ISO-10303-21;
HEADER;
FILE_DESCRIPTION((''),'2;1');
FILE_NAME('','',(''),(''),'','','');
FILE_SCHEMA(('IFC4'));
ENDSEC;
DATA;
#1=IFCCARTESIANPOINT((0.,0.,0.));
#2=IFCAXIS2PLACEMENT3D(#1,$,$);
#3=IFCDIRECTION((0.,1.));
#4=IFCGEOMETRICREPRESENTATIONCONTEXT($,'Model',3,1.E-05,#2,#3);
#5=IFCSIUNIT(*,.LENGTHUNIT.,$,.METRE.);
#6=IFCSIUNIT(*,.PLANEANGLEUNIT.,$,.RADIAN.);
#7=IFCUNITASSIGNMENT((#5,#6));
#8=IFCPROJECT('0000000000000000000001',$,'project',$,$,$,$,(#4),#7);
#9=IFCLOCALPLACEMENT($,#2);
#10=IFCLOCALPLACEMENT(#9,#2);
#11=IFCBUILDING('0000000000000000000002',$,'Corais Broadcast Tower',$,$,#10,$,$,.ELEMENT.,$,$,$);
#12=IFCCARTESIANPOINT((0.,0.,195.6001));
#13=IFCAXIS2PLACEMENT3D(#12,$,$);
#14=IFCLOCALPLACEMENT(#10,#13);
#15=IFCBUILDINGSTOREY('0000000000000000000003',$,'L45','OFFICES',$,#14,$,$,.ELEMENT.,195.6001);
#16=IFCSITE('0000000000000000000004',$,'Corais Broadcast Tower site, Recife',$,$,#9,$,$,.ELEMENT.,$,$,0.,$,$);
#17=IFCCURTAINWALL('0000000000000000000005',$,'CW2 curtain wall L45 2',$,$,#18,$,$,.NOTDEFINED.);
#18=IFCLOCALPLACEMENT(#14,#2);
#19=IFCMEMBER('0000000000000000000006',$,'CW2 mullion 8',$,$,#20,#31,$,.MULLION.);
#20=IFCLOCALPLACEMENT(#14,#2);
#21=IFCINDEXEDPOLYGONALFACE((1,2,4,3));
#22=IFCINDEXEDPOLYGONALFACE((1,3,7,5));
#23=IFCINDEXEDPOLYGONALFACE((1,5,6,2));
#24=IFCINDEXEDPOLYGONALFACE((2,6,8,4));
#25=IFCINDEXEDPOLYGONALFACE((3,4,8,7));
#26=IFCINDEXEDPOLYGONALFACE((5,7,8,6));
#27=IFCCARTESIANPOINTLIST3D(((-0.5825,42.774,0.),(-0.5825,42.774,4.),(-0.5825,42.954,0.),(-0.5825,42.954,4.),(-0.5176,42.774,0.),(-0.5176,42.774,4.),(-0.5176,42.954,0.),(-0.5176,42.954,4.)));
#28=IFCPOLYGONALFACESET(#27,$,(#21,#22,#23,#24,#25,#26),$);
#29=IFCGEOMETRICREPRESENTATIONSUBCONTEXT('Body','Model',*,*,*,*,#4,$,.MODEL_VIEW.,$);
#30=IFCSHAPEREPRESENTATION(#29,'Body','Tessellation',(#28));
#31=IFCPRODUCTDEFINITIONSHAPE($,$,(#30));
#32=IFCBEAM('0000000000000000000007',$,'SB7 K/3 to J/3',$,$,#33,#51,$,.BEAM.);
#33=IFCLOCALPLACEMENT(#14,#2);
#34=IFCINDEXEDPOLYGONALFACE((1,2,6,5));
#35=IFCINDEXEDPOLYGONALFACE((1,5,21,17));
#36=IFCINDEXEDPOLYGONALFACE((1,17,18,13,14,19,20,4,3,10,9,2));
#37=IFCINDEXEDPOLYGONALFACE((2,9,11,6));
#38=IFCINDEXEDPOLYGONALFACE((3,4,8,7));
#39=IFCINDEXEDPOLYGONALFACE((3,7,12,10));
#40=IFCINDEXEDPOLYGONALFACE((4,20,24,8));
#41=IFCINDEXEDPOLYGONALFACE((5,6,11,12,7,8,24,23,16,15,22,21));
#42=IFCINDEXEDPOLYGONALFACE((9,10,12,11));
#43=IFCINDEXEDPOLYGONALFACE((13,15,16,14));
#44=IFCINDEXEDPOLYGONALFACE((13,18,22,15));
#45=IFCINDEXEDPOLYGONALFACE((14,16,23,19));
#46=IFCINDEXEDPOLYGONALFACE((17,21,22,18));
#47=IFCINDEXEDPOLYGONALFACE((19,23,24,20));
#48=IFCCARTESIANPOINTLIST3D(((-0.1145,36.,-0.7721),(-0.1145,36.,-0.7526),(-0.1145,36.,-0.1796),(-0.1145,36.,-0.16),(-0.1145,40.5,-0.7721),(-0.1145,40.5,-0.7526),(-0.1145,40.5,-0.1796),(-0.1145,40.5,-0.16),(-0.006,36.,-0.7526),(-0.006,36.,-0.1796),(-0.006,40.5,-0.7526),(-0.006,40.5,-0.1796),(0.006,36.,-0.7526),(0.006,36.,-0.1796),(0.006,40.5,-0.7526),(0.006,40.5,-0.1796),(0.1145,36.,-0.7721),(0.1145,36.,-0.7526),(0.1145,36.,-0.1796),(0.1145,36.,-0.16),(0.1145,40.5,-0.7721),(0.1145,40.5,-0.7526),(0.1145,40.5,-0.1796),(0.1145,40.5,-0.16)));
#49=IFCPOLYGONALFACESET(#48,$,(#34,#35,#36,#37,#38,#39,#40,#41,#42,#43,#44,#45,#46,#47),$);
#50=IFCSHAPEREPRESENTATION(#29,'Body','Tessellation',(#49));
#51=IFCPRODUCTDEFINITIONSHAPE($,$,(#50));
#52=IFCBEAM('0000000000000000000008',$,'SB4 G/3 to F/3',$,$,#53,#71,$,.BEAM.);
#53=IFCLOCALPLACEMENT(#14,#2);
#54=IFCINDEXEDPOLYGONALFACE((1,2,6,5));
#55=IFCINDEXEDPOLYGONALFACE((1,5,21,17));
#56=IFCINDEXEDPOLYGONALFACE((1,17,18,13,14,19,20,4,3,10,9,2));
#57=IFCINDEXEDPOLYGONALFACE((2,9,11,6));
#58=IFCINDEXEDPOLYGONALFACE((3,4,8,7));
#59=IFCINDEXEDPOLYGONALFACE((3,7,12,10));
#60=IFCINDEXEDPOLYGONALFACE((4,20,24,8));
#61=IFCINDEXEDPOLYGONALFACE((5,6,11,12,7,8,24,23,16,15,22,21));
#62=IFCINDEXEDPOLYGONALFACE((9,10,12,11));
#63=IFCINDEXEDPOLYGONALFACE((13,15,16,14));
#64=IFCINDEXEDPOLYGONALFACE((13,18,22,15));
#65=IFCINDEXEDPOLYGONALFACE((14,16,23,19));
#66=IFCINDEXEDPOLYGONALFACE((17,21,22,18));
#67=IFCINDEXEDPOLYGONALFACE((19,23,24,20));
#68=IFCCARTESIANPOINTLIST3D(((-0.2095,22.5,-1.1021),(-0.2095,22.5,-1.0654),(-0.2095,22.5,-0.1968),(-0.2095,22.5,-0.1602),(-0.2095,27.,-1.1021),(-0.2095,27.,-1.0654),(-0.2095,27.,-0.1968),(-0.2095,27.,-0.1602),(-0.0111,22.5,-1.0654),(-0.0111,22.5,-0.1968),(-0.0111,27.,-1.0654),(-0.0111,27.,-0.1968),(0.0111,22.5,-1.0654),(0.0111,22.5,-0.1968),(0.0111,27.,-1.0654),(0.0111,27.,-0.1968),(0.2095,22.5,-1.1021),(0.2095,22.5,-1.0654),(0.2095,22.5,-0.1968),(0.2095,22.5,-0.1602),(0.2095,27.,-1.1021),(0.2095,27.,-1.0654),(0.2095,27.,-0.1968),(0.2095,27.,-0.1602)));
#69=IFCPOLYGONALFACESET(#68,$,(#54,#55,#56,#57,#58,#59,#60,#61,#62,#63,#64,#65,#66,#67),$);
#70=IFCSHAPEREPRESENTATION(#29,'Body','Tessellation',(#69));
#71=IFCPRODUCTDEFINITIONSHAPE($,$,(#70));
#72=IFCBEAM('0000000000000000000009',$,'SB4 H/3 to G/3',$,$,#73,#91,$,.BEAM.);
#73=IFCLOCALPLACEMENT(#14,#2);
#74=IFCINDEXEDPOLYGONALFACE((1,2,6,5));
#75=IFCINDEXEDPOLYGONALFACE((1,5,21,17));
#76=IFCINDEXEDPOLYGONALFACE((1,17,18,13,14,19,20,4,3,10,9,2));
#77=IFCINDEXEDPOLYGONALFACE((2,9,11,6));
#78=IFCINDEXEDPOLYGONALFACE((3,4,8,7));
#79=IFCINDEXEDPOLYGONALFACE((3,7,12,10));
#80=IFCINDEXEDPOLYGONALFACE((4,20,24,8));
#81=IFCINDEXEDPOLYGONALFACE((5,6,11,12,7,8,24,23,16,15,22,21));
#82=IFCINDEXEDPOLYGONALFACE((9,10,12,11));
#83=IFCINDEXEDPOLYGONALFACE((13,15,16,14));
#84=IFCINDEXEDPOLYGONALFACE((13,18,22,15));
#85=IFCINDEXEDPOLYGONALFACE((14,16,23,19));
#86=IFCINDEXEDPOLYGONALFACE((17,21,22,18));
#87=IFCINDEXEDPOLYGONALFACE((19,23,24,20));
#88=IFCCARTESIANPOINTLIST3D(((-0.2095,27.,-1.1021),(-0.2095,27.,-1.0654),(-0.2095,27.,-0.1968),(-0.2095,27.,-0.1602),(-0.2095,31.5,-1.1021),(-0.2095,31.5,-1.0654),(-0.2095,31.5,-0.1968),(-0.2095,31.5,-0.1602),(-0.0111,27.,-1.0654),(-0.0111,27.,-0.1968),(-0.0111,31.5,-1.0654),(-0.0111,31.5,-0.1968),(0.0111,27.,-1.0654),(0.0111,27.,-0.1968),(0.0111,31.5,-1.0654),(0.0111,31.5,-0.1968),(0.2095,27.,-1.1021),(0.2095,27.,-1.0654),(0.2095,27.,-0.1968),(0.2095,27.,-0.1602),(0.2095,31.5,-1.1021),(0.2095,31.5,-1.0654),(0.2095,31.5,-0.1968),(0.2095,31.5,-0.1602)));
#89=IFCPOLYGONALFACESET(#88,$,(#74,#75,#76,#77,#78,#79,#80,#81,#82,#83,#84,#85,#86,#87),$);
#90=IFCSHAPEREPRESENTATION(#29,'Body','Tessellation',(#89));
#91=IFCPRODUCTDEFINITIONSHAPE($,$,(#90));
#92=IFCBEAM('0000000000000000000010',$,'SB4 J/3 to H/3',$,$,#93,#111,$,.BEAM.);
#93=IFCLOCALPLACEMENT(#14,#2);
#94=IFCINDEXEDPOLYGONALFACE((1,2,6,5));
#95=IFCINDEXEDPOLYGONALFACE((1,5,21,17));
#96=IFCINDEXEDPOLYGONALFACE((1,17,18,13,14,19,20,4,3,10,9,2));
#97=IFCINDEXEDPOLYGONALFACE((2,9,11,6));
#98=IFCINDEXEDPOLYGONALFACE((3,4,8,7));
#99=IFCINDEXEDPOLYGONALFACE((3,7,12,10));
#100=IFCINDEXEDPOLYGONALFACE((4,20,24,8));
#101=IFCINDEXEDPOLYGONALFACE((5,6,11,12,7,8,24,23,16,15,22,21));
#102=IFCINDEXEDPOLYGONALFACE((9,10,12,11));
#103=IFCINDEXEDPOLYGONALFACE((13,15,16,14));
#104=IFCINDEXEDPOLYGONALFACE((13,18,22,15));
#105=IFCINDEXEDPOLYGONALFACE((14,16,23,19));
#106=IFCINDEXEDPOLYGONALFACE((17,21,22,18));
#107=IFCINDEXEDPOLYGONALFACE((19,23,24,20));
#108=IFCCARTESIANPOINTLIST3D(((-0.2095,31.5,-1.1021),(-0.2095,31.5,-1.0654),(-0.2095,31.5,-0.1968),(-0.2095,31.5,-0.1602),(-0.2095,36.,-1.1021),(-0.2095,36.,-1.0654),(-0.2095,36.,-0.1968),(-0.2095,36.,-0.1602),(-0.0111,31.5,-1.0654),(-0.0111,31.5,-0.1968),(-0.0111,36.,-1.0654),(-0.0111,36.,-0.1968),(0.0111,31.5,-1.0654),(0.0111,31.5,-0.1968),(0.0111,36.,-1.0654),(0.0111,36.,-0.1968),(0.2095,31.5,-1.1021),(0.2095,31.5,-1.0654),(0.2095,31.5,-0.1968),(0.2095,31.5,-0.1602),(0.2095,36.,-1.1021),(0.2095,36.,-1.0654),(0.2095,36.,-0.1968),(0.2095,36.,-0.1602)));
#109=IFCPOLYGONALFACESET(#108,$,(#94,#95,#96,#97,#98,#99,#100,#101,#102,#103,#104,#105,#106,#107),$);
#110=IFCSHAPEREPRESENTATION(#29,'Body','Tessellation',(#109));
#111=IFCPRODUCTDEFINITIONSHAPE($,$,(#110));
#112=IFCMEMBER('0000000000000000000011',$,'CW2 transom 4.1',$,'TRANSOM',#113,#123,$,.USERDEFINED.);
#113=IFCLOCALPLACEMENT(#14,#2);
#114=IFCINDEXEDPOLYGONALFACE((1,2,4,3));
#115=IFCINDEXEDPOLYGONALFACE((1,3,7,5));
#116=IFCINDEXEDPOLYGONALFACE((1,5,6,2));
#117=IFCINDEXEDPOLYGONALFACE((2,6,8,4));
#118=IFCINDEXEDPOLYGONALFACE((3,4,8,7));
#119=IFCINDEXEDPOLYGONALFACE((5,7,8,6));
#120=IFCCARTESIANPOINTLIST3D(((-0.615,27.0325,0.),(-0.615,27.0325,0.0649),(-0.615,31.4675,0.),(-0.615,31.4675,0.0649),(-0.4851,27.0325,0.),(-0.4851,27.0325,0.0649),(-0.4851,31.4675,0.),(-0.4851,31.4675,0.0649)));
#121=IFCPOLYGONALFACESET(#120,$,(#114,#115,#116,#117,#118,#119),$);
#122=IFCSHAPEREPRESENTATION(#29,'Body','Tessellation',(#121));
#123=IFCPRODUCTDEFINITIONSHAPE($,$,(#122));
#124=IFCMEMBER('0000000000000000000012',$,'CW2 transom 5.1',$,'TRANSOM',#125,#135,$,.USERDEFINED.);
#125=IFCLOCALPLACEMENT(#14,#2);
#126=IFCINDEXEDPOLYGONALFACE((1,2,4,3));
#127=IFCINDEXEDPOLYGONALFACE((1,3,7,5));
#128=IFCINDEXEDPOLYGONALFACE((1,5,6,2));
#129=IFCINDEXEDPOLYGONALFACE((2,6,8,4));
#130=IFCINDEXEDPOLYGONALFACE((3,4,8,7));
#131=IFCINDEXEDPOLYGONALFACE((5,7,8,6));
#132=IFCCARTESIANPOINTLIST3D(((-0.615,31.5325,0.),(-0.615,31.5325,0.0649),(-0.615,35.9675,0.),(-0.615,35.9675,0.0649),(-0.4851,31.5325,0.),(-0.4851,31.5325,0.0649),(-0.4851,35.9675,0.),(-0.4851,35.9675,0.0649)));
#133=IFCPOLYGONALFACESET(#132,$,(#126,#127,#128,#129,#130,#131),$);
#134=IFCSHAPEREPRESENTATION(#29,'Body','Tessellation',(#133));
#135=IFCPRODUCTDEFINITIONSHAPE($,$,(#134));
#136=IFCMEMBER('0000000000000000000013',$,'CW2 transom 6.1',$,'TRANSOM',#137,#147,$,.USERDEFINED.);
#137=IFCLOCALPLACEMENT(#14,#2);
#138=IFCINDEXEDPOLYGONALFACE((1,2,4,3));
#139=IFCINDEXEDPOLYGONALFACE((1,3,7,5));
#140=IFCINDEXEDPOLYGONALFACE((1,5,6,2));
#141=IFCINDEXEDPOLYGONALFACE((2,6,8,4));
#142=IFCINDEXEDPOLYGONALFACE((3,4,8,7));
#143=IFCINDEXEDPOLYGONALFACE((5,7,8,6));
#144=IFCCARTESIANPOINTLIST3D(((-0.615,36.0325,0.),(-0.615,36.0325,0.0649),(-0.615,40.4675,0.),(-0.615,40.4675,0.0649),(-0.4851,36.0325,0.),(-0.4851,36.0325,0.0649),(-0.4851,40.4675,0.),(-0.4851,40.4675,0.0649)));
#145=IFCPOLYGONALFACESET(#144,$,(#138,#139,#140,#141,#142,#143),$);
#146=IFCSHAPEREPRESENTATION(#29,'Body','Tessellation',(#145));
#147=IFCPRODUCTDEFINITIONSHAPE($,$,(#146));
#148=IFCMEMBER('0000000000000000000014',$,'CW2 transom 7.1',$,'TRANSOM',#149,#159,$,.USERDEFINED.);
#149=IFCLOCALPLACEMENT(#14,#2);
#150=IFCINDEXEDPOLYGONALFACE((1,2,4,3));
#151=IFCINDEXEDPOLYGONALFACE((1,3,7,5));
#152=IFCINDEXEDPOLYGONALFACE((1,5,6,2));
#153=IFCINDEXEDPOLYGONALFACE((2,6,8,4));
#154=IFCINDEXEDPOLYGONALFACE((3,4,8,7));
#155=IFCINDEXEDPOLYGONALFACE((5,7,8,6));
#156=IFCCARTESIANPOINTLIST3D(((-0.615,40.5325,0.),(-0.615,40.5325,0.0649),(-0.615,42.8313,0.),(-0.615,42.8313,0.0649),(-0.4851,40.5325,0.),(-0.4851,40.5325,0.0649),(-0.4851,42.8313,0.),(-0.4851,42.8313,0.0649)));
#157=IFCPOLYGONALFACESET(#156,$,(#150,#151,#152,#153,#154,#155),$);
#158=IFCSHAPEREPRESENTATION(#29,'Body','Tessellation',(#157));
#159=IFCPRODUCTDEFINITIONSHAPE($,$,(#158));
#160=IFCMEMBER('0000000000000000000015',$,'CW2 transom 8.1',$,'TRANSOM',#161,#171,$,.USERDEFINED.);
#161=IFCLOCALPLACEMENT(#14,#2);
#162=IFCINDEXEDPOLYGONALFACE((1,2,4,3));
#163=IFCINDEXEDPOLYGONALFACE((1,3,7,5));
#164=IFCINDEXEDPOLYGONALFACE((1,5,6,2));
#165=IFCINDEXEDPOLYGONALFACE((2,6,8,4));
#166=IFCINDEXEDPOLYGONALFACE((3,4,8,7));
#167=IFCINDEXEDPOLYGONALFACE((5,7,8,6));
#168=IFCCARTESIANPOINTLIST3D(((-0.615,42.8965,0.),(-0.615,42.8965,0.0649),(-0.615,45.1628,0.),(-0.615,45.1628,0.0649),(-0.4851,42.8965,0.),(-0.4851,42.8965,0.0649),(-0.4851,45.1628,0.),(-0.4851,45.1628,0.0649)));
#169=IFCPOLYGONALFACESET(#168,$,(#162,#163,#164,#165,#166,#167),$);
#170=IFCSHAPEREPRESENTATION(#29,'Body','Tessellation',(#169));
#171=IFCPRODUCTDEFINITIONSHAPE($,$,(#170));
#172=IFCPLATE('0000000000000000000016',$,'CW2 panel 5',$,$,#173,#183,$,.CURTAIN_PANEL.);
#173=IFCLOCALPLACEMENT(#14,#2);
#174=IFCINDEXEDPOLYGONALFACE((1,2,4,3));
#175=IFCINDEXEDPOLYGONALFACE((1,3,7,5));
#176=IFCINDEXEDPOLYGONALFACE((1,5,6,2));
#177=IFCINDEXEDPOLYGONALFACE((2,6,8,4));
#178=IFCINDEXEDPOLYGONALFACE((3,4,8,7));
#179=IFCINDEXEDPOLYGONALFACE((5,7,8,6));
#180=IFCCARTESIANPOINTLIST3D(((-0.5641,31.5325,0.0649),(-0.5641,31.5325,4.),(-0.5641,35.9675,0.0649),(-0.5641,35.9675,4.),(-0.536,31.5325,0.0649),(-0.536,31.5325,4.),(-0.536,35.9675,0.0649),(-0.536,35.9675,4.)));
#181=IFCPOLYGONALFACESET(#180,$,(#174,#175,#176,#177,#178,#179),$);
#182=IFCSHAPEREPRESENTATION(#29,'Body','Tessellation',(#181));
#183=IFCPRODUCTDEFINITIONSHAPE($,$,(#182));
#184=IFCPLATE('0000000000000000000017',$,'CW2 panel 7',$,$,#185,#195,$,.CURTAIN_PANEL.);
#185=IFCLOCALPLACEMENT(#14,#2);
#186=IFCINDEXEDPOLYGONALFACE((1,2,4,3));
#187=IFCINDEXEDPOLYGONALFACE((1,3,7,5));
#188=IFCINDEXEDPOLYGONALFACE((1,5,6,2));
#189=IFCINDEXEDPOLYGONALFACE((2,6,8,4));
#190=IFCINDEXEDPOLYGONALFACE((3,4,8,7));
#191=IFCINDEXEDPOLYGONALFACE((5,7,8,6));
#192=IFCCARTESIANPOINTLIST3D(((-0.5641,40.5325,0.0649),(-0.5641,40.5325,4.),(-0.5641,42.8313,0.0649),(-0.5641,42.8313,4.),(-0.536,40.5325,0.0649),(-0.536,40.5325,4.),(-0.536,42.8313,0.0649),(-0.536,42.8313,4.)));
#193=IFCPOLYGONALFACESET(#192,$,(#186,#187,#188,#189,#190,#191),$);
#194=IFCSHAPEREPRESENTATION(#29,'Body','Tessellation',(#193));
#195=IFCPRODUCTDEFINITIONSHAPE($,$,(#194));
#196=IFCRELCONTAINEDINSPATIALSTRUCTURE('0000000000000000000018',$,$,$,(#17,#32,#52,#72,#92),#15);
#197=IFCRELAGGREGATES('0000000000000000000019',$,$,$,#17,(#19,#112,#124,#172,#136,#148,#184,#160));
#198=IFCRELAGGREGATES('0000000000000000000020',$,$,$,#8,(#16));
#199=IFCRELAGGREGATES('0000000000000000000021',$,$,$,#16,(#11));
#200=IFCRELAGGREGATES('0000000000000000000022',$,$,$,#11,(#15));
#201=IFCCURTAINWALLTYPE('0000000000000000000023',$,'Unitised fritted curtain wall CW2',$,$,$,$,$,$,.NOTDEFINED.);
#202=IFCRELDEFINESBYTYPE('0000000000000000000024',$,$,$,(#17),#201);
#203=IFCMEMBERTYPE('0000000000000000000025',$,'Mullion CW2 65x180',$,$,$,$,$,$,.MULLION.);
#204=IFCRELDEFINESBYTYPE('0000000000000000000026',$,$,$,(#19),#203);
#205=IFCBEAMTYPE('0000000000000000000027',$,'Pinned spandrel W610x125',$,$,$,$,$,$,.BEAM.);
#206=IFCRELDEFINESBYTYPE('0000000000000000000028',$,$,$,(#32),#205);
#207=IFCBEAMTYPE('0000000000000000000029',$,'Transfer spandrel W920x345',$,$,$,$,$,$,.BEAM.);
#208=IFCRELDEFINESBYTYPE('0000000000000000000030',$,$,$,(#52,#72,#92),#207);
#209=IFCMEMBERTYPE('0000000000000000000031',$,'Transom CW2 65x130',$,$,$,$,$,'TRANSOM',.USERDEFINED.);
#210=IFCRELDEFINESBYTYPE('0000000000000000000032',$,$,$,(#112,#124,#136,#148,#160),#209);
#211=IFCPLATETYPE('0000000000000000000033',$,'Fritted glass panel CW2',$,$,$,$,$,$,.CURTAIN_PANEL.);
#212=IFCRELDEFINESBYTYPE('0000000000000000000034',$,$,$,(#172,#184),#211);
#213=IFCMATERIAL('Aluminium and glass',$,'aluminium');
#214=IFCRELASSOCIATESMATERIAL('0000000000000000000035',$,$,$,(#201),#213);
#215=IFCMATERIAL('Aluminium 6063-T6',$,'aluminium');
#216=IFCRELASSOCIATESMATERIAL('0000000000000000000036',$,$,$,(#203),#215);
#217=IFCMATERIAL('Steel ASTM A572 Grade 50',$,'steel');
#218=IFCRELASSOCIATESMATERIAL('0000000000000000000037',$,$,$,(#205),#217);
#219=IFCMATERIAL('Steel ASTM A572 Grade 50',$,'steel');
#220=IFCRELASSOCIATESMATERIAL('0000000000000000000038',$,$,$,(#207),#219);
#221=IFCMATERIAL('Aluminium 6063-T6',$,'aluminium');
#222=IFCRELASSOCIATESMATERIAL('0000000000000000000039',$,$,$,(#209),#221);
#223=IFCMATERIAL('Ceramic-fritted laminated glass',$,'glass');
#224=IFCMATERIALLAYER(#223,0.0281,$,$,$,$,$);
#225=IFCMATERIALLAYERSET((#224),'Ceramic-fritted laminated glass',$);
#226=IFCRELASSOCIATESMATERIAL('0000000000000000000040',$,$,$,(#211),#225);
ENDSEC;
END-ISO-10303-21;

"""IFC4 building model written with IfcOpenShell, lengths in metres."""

from ifc_helpers import new_model, si_unit, direction, frame, origin, origin_2d, place, context, subcontext, project, spatial, rectangle, i_section, extrude, material, layer, layer_set, material_profile, profile_set, type_object, element, aggregate, save


model = new_model("IFC4")

# Units and contexts
model_context = context("Model", 3, precision=1e-05, world=origin(), true_north=direction((0.0, 1.0)))
body_context = subcontext(model_context, "Body", "Model", "MODEL_VIEW")
ifc_project = project(units=[si_unit("LENGTHUNIT", "METRE"), si_unit("PLANEANGLEUNIT", "RADIAN")], contexts=[model_context])

# Site, building, storey
site_placement = place(None, origin())
site = spatial("IfcSite", under=ifc_project, at=site_placement, Name="Corais Broadcast Tower site, Recife", CompositionType="ELEMENT", RefElevation=0.0)
building_placement = place(site_placement, origin())
building = spatial("IfcBuilding", under=site, at=building_placement, Name="Corais Broadcast Tower", CompositionType="ELEMENT")
storey_placement = place(building_placement, frame((0.0, 0.0, 195.6001)))
storey = spatial("IfcBuildingStorey", under=building, at=storey_placement, Name="L45", Description="OFFICES", CompositionType="ELEMENT", Elevation=195.6001)

# Curtain wall, member
ifc_material_1 = material(Name="Aluminium and glass", Category="aluminium")
curtain_wall_type = type_object("IfcCurtainWallType", Name="Unitised fritted curtain wall CW2", PredefinedType="NOTDEFINED", material=ifc_material_1)
curtain_wall_placement = place(storey_placement, origin())
curtain_wall = element("IfcCurtainWall", 1, at=curtain_wall_placement, inside=storey, type_object=curtain_wall_type, Name="CW2 curtain wall L45 2", PredefinedType="NOTDEFINED")
ifc_material_2 = material(Name="Aluminium 6063-T6", Category="aluminium")
ifc_material_profile_1 = material_profile(ifc_material_2, rectangle(XDim=0.0649, YDim=0.1799, at=origin_2d()), Name="Mullion CW2 65x180")
ifc_profile_set_1 = profile_set([ifc_material_profile_1], Name="Aluminium 6063-T6")
member_type_1 = type_object("IfcMemberType", Name="Mullion CW2 65x180", PredefinedType="MULLION", material=ifc_profile_set_1)
member_1_placement = place(storey_placement, frame((-0.55, 42.864, 0.0), z_axis=(0.0, 0.0, 1.0), x_axis=(-1.0, 0.0, 0.0)))
member_1 = element("IfcMember", 2, at=member_1_placement, type_object=member_type_1, Name="CW2 mullion 8", PredefinedType="MULLION", context=body_context, shape_type="SweptSolid", body=[
    extrude(rectangle(XDim=0.0649, YDim=0.1799, at=origin_2d()), origin(), (0.0, 0.0, 1.0), 4.0),
])

# Beams
ifc_material_3 = material(Name="Steel ASTM A572 Grade 50", Category="steel")
ifc_material_profile_2 = material_profile(ifc_material_3, i_section(OverallWidth=0.229, OverallDepth=0.6121, WebThickness=0.012, FlangeThickness=0.0195, at=origin_2d()), Name="W610x125")
ifc_profile_set_2 = profile_set([ifc_material_profile_2], Name="Steel ASTM A572 Grade 50")
beam_type_1 = type_object("IfcBeamType", Name="Pinned spandrel W610x125", PredefinedType="BEAM", material=ifc_profile_set_2)
beam_placement = place(storey_placement, frame((0.0, 40.5, -0.4661), z_axis=(0.0, -1.0, 0.0), x_axis=(1.0, 0.0, 0.0)))
element("IfcBeam", 3, at=beam_placement, inside=storey, type_object=beam_type_1, Name="SB7 K/3 to J/3", PredefinedType="BEAM", context=body_context, shape_type="SweptSolid", body=[
    extrude(i_section(OverallWidth=0.229, OverallDepth=0.6121, WebThickness=0.012, FlangeThickness=0.0195, at=origin_2d()), origin(), (0.0, 0.0, 1.0), 4.5),
])
ifc_material_4 = material(Name="Steel ASTM A572 Grade 50", Category="steel")
ifc_material_profile_3 = material_profile(ifc_material_4, i_section(OverallWidth=0.4189, OverallDepth=0.9419, WebThickness=0.0222, FlangeThickness=0.0366, at=origin_2d()), Name="W920x345")
ifc_profile_set_3 = profile_set([ifc_material_profile_3], Name="Steel ASTM A572 Grade 50")
beam_type_2 = type_object("IfcBeamType", Name="Transfer spandrel W920x345", PredefinedType="BEAM", material=ifc_profile_set_3)
for number, where, z_axis, x_axis, name in (
    (4, (0.0, 27.0, -0.6311), (0.0, -1.0, 0.0), (1.0, 0.0, 0.0), "SB4 G/3 to F/3"),
    (5, (0.0, 31.5, -0.6311), (0.0, -1.0, 0.0), (1.0, 0.0, 0.0), "SB4 H/3 to G/3"),
    (6, (0.0, 36.0, -0.6311), (0.0, -1.0, 0.0), (1.0, 0.0, 0.0), "SB4 J/3 to H/3"),
):
    element("IfcBeam", number, at=place(storey_placement, frame(where, z_axis=z_axis, x_axis=x_axis)), inside=storey, type_object=beam_type_2, Name=name, PredefinedType="BEAM", context=body_context, shape_type="SweptSolid", body=[
        extrude(i_section(OverallWidth=0.4189, OverallDepth=0.9419, WebThickness=0.0222, FlangeThickness=0.0366, at=origin_2d()), origin(), (0.0, 0.0, 1.0), 4.5),
    ])

# Members
ifc_material_5 = material(Name="Aluminium 6063-T6", Category="aluminium")
ifc_material_profile_4 = material_profile(ifc_material_5, rectangle(XDim=0.1299, YDim=0.0649, at=origin_2d()), Name="Transom CW2 65x130")
ifc_profile_set_4 = profile_set([ifc_material_profile_4], Name="Aluminium 6063-T6")
member_type_2 = type_object("IfcMemberType", Name="Transom CW2 65x130", ElementType="TRANSOM", PredefinedType="USERDEFINED", material=ifc_profile_set_4)
member_2_placement = place(storey_placement, frame((-0.55, 27.0325, 0.0325), z_axis=(0.0, 1.0, 0.0), x_axis=(-1.0, 0.0, 0.0)))
member_2 = element("IfcMember", 7, at=member_2_placement, type_object=member_type_2, Name="CW2 transom 4.1", ObjectType="TRANSOM", PredefinedType="USERDEFINED", context=body_context, shape_type="SweptSolid", body=[
    extrude(rectangle(XDim=0.1299, YDim=0.0649, at=origin_2d()), origin(), (0.0, 0.0, 1.0), 4.4351),
])
member_3_placement = place(storey_placement, frame((-0.55, 31.5325, 0.0325), z_axis=(0.0, 1.0, 0.0), x_axis=(-1.0, 0.0, 0.0)))
member_3 = element("IfcMember", 8, at=member_3_placement, type_object=member_type_2, Name="CW2 transom 5.1", ObjectType="TRANSOM", PredefinedType="USERDEFINED", context=body_context, shape_type="SweptSolid", body=[
    extrude(rectangle(XDim=0.1299, YDim=0.0649, at=origin_2d()), origin(), (0.0, 0.0, 1.0), 4.4351),
])
member_4_placement = place(storey_placement, frame((-0.55, 36.0325, 0.0325), z_axis=(0.0, 1.0, 0.0), x_axis=(-1.0, 0.0, 0.0)))
member_4 = element("IfcMember", 9, at=member_4_placement, type_object=member_type_2, Name="CW2 transom 6.1", ObjectType="TRANSOM", PredefinedType="USERDEFINED", context=body_context, shape_type="SweptSolid", body=[
    extrude(rectangle(XDim=0.1299, YDim=0.0649, at=origin_2d()), origin(), (0.0, 0.0, 1.0), 4.4351),
])
member_5_placement = place(storey_placement, frame((-0.55, 40.5325, 0.0325), z_axis=(0.0, 1.0, 0.0), x_axis=(-1.0, 0.0, 0.0)))
member_5 = element("IfcMember", 10, at=member_5_placement, type_object=member_type_2, Name="CW2 transom 7.1", ObjectType="TRANSOM", PredefinedType="USERDEFINED", context=body_context, shape_type="SweptSolid", body=[
    extrude(rectangle(XDim=0.1299, YDim=0.0649, at=origin_2d()), origin(), (0.0, 0.0, 1.0), 2.2988),
])
member_6_placement = place(storey_placement, frame((-0.55, 42.8965, 0.0325), z_axis=(0.0, 1.0, 0.0), x_axis=(-1.0, 0.0, 0.0)))
member_6 = element("IfcMember", 11, at=member_6_placement, type_object=member_type_2, Name="CW2 transom 8.1", ObjectType="TRANSOM", PredefinedType="USERDEFINED", context=body_context, shape_type="SweptSolid", body=[
    extrude(rectangle(XDim=0.1299, YDim=0.0649, at=origin_2d()), origin(), (0.0, 0.0, 1.0), 2.2664),
])

# Plates
ifc_material_6 = material(Name="Ceramic-fritted laminated glass", Category="glass")
ifc_layer_1 = layer(ifc_material_6, 0.0281)
ifc_layer_set_1 = layer_set([ifc_layer_1], Name="Ceramic-fritted laminated glass")
plate_type_1 = type_object("IfcPlateType", Name="Fritted glass panel CW2", PredefinedType="CURTAIN_PANEL", material=ifc_layer_set_1)
plate_1_placement = place(storey_placement, frame((-0.55, 33.75, 0.0649), z_axis=(0.0, 0.0, 1.0), x_axis=(0.0, 1.0, 0.0)))
plate_1 = element("IfcPlate", 12, at=plate_1_placement, type_object=plate_type_1, Name="CW2 panel 5", PredefinedType="CURTAIN_PANEL", context=body_context, shape_type="SweptSolid", body=[
    extrude(rectangle(XDim=4.4351, YDim=0.0281, at=origin_2d()), origin(), (0.0, 0.0, 1.0), 3.9351),
])
plate_2_placement = place(storey_placement, frame((-0.55, 41.6819, 0.0649), z_axis=(0.0, 0.0, 1.0), x_axis=(0.0, 1.0, 0.0)))
plate_2 = element("IfcPlate", 13, at=plate_2_placement, type_object=plate_type_1, Name="CW2 panel 7", PredefinedType="CURTAIN_PANEL", context=body_context, shape_type="SweptSolid", body=[
    extrude(rectangle(XDim=2.2988, YDim=0.0281, at=origin_2d()), origin(), (0.0, 0.0, 1.0), 3.9351),
])
aggregate(curtain_wall, [member_1, member_2, member_3, plate_1, member_4, member_5, plate_2, member_6])

save(model, "model.ifc")
